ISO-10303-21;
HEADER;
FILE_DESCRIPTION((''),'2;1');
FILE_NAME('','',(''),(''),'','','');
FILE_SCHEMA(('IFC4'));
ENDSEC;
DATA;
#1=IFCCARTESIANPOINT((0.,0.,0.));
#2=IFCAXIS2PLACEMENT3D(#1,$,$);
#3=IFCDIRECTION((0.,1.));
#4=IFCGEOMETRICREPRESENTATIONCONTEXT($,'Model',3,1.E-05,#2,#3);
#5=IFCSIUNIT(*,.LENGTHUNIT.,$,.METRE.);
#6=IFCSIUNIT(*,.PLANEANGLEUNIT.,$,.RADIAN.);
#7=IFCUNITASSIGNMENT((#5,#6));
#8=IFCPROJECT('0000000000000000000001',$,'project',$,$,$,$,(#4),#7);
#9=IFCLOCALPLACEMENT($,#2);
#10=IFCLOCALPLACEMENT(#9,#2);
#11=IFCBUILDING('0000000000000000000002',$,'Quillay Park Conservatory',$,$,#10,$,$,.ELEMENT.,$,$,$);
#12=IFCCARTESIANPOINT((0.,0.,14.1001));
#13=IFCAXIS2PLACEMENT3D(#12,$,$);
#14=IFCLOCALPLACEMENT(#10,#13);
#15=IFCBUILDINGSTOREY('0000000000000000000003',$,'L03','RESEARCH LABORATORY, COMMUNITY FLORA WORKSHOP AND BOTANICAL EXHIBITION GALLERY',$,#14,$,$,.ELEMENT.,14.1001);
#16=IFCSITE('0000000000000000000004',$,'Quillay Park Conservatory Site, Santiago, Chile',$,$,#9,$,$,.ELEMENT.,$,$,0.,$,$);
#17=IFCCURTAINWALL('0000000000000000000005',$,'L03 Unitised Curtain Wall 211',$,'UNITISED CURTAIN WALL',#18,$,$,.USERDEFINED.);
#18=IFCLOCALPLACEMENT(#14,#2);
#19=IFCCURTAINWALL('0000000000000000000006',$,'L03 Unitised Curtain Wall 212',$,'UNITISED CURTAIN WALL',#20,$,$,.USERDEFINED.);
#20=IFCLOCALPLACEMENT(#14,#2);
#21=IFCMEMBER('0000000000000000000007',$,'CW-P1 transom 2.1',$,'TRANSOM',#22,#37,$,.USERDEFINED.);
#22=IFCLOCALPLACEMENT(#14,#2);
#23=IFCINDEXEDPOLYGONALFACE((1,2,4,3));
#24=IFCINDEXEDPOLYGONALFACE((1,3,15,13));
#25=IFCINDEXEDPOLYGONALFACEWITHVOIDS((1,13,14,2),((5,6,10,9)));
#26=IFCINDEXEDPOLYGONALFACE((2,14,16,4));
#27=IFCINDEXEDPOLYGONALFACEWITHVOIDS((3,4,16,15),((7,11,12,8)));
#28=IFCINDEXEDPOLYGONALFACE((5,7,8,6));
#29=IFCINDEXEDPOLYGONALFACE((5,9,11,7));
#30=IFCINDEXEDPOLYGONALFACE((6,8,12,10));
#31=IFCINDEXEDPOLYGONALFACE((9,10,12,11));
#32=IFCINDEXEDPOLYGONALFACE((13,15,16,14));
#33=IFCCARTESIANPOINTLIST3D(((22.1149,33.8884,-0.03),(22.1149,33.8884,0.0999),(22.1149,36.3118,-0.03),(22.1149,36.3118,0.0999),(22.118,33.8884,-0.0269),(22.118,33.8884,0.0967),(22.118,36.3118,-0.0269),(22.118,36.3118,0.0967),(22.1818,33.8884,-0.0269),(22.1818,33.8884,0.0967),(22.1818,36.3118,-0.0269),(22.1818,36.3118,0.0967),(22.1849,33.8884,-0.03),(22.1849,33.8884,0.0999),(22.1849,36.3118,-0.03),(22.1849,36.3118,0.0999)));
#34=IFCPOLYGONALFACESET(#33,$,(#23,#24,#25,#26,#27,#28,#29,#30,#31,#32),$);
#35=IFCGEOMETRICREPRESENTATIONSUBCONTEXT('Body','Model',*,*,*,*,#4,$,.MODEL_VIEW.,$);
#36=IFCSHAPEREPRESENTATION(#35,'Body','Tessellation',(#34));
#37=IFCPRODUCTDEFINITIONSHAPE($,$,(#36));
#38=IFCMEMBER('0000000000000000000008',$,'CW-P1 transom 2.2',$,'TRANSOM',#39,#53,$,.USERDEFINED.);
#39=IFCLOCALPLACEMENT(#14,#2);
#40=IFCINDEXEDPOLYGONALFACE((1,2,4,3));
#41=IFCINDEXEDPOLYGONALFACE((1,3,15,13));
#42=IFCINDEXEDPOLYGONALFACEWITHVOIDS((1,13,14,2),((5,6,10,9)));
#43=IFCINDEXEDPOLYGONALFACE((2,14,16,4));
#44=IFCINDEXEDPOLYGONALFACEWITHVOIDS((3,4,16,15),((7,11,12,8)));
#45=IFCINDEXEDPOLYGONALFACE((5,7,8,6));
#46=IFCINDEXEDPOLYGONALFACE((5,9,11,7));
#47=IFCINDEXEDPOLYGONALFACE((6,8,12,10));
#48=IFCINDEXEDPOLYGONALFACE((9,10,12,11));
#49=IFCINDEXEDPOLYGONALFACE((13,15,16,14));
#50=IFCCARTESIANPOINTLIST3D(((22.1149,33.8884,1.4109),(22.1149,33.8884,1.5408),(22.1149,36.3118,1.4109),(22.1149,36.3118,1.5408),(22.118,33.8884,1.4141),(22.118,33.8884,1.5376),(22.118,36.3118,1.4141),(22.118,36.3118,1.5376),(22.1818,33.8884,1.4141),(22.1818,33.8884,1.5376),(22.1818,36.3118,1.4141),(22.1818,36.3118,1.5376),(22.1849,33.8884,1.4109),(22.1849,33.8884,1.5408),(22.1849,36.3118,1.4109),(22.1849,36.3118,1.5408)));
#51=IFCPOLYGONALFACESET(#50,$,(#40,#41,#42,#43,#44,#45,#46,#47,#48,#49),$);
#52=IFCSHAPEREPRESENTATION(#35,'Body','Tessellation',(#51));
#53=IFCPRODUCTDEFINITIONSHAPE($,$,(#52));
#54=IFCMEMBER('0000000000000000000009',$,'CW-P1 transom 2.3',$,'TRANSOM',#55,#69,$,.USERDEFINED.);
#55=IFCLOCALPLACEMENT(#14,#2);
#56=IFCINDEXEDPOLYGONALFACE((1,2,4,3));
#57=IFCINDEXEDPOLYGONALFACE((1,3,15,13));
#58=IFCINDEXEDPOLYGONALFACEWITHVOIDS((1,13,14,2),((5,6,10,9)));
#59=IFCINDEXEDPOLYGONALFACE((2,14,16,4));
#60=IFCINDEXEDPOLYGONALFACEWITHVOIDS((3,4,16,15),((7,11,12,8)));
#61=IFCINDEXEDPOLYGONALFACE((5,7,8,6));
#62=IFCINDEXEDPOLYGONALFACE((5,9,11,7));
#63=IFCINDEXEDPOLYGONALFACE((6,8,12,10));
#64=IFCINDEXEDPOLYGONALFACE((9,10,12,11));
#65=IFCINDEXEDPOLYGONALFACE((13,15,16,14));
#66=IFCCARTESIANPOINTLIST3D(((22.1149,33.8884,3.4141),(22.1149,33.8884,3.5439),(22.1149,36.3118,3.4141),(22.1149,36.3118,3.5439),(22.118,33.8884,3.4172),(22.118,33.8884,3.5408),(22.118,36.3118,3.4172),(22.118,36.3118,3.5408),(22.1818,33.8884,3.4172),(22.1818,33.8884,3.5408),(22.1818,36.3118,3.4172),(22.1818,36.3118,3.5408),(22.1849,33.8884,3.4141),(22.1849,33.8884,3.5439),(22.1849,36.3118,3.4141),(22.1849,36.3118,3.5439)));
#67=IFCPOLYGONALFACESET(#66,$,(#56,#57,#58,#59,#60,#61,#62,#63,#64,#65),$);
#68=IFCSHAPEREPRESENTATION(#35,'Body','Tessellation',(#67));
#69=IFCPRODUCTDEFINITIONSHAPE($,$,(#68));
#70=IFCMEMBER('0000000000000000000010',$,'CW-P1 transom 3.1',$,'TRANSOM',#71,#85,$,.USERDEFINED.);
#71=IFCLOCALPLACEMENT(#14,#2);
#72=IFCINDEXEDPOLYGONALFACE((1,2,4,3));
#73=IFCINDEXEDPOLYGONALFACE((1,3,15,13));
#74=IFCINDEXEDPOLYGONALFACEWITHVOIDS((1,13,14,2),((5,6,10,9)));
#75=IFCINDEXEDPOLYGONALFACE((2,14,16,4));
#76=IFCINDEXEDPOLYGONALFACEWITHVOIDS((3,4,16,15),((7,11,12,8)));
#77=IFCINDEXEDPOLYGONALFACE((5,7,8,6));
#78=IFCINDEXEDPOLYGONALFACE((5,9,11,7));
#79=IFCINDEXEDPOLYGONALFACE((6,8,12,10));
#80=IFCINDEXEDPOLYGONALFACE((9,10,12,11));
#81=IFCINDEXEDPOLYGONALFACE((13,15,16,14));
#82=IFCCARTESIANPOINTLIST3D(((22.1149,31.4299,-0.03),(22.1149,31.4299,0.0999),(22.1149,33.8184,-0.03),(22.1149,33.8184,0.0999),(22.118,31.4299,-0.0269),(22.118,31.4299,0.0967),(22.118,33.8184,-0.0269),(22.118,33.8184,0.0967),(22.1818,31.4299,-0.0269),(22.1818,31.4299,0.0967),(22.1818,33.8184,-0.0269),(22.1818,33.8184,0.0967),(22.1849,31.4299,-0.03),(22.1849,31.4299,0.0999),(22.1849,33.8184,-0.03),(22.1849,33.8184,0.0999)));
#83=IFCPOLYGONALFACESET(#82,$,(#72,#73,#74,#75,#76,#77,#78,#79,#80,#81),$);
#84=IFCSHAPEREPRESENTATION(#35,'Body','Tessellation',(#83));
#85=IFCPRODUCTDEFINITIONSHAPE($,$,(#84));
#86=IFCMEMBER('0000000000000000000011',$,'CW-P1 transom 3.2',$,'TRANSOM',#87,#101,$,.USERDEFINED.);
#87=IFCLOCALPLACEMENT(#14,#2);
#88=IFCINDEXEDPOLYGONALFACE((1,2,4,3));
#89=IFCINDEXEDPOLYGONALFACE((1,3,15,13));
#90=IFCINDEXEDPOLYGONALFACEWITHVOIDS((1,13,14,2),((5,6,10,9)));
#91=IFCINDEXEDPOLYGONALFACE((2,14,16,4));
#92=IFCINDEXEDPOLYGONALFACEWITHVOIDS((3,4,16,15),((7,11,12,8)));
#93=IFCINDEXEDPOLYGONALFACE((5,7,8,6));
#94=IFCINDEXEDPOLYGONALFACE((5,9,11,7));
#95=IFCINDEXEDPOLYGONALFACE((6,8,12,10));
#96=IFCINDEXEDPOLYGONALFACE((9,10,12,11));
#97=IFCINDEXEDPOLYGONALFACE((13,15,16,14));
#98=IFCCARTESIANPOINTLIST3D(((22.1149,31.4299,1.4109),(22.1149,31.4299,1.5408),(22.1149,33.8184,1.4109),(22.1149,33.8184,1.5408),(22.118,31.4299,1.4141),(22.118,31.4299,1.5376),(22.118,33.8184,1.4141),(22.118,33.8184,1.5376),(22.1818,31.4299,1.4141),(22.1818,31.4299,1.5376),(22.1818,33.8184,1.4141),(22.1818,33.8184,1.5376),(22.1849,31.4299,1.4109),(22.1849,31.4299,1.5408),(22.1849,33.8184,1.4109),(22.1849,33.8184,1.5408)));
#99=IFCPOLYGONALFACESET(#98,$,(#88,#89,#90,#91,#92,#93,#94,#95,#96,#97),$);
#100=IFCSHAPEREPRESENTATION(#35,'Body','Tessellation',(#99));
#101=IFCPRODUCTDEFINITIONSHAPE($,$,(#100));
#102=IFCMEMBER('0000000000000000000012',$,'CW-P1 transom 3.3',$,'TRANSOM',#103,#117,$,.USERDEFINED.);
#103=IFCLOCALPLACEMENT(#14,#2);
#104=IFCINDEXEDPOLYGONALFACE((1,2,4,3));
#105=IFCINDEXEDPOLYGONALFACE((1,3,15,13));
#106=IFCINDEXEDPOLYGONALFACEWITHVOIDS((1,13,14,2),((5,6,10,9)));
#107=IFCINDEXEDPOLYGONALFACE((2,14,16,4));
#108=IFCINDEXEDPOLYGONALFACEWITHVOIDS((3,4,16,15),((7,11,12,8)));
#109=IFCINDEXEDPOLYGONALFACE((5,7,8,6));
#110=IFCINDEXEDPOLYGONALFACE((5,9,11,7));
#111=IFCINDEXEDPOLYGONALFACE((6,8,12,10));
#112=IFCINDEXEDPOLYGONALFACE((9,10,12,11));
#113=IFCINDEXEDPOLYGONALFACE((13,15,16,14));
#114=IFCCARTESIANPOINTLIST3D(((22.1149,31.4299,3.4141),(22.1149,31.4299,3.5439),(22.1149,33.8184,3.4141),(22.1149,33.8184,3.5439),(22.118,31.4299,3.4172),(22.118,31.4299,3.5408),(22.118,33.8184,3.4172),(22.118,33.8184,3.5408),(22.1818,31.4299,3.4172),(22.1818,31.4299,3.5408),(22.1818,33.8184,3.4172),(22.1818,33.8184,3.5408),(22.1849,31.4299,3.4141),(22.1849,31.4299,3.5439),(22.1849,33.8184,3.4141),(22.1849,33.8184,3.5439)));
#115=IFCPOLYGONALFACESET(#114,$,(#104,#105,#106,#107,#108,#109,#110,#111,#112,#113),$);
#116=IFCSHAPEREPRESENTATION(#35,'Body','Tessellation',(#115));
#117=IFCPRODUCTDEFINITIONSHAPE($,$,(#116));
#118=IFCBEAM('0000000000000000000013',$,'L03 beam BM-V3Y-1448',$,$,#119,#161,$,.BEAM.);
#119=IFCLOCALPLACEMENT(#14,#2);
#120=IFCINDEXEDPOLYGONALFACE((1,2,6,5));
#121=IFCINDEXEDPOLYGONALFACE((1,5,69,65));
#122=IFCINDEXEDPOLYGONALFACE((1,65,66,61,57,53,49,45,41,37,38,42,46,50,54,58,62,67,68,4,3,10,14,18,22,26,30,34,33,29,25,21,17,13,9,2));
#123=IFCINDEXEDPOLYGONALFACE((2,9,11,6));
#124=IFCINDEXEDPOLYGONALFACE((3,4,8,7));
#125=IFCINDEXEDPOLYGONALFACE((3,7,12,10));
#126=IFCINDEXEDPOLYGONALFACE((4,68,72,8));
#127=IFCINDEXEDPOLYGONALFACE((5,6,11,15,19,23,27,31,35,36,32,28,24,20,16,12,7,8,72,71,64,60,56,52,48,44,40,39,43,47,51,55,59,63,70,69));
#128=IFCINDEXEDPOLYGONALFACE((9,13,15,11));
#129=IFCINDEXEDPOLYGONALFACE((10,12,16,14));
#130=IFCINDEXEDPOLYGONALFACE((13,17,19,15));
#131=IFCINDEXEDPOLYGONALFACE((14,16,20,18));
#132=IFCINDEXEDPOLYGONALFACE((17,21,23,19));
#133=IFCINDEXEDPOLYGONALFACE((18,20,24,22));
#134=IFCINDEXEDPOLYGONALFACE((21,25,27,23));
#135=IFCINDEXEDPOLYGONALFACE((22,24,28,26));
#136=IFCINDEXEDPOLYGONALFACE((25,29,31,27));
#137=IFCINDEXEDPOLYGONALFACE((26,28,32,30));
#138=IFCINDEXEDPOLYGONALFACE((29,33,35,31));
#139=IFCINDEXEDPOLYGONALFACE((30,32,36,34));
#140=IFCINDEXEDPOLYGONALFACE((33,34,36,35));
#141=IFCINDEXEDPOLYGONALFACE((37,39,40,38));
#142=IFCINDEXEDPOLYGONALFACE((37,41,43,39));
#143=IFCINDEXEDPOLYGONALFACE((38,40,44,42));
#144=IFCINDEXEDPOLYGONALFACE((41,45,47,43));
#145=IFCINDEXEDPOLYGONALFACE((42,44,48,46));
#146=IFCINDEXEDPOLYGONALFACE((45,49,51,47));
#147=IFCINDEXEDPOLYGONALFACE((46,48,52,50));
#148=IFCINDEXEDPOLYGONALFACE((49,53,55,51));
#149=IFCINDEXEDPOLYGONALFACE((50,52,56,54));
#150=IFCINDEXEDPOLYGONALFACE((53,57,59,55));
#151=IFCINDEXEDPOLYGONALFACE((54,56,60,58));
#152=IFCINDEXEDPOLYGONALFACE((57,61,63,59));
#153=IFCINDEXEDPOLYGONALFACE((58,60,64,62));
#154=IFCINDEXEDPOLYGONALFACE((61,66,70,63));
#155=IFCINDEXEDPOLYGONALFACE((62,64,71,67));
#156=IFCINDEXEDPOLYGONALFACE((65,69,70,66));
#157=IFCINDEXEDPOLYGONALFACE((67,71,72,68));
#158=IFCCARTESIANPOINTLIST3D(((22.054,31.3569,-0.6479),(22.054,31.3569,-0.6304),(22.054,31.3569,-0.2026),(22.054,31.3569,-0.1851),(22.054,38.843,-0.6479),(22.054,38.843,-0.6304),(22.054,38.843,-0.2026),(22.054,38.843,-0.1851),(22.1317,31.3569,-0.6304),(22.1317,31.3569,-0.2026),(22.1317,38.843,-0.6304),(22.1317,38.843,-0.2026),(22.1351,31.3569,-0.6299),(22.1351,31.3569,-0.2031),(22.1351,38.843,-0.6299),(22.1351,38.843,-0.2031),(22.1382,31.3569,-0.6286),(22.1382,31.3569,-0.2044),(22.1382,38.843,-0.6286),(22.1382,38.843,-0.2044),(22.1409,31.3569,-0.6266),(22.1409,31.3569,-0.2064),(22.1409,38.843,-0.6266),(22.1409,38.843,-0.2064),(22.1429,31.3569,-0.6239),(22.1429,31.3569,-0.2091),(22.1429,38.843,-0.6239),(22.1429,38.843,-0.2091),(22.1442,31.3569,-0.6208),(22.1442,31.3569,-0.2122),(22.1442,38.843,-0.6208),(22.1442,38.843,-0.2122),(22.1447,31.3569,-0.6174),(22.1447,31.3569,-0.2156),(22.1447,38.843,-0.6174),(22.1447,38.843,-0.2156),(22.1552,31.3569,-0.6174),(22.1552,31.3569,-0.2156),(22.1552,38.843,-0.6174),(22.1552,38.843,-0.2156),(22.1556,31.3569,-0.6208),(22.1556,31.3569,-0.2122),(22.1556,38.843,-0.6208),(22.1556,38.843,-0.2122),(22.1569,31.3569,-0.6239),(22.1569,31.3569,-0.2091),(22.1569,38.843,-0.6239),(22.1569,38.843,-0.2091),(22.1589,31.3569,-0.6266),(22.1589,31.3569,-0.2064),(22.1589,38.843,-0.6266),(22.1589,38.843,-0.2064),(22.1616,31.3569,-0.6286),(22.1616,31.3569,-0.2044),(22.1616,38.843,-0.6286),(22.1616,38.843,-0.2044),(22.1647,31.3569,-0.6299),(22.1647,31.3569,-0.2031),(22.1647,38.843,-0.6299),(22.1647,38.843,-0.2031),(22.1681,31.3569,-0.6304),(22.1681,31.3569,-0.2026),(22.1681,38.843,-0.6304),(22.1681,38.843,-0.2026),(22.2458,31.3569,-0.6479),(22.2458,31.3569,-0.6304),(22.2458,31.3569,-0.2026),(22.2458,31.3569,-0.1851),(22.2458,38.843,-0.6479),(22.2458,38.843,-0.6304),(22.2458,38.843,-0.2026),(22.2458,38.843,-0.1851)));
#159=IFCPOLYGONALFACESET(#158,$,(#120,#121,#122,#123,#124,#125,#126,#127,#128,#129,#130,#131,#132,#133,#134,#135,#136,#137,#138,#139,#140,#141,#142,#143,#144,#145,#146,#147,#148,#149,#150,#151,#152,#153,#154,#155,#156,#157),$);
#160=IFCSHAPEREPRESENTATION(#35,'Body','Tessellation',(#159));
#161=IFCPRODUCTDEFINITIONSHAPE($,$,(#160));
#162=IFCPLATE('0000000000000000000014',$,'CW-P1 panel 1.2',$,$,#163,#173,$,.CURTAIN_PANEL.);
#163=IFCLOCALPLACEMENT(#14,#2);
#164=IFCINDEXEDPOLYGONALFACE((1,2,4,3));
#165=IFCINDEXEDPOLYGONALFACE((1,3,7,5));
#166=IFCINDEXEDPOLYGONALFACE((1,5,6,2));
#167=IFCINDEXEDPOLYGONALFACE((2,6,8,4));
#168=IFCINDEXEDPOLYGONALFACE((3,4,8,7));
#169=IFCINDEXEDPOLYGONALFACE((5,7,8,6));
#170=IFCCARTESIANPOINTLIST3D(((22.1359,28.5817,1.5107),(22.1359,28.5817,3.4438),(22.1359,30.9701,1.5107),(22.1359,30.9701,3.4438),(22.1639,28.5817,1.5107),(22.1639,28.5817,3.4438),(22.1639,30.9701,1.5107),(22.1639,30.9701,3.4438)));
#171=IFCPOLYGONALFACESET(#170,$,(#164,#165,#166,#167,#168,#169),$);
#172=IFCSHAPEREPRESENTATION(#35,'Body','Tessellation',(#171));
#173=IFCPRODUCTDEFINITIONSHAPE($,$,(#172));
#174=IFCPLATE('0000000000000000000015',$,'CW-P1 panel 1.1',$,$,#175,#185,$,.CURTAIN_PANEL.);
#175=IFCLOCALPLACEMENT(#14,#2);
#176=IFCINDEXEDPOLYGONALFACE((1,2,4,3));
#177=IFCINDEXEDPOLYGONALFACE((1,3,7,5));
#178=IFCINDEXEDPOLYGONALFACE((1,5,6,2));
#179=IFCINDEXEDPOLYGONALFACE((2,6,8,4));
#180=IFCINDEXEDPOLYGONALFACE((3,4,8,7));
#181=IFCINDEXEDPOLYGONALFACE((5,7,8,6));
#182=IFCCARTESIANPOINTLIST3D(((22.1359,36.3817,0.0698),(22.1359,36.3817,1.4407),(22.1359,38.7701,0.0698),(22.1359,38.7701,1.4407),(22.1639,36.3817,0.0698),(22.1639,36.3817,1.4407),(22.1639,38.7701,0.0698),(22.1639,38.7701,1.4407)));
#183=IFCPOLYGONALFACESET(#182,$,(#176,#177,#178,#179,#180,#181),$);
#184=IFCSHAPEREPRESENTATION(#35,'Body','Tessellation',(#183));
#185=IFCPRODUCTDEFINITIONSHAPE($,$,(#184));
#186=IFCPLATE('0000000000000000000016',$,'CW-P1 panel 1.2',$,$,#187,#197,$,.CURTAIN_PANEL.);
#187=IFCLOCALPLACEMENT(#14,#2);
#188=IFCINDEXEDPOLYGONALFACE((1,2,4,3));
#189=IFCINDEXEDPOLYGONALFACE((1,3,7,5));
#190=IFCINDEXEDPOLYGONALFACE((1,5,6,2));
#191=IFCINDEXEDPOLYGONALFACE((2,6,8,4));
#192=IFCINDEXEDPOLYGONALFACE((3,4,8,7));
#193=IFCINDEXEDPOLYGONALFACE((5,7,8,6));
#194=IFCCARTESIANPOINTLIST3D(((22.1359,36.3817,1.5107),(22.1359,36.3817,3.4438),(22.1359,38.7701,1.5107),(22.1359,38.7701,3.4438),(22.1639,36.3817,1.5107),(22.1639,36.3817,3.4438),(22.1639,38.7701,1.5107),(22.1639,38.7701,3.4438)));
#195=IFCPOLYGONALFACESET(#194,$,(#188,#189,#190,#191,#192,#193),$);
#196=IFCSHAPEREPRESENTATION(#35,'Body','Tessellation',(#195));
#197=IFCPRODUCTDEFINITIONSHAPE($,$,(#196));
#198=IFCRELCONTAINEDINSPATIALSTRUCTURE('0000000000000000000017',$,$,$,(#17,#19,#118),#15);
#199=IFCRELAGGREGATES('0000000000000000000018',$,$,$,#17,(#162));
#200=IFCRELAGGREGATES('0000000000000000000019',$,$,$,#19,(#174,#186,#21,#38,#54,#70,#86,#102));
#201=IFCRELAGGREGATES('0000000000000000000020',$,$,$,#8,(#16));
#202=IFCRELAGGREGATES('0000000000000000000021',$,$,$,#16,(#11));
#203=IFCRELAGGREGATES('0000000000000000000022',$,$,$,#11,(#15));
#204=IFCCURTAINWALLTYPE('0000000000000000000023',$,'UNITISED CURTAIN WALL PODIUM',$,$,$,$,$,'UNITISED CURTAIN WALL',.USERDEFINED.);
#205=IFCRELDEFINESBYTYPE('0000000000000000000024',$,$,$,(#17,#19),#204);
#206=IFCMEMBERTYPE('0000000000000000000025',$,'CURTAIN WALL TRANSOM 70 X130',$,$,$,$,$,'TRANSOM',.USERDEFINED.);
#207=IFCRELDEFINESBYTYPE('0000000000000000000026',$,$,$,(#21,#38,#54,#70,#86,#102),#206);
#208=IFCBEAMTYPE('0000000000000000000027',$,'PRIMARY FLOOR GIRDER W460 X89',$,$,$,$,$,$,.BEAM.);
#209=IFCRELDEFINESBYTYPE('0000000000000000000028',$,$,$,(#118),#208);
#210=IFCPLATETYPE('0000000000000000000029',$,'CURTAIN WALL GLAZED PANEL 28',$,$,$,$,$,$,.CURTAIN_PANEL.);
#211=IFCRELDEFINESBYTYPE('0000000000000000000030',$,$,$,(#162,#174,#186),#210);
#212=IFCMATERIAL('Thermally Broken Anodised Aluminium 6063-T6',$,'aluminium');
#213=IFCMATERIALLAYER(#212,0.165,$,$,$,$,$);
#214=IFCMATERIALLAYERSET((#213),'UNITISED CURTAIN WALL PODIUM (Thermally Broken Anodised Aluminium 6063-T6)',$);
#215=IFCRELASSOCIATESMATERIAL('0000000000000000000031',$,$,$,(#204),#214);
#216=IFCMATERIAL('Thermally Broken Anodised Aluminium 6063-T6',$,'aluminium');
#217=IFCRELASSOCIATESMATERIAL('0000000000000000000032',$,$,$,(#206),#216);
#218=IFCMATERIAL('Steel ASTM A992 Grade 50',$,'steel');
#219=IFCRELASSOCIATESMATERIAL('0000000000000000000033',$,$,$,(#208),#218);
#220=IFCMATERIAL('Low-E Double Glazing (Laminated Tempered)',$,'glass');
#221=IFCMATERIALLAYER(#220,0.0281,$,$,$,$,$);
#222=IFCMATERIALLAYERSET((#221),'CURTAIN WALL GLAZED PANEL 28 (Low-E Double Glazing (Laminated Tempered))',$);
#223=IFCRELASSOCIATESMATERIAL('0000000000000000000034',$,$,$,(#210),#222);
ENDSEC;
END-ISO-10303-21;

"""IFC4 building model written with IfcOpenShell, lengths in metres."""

from ifc_helpers import new_model, si_unit, direction, frame, origin, origin_2d, place, context, subcontext, project, spatial, rectangle, hollow_rectangle, i_section, extrude, material, layer, layer_set, material_profile, profile_set, type_object, element, aggregate, save


model = new_model("IFC4")

# Units and contexts
model_context = context("Model", 3, precision=1e-05, world=origin(), true_north=direction((0.0, 1.0)))
body_context = subcontext(model_context, "Body", "Model", "MODEL_VIEW")
ifc_project = project(units=[si_unit("LENGTHUNIT", "METRE"), si_unit("PLANEANGLEUNIT", "RADIAN")], contexts=[model_context])

# Site, building, storey
site_placement = place(None, origin())
site = spatial("IfcSite", under=ifc_project, at=site_placement, Name="Quillay Park Conservatory Site, Santiago, Chile", CompositionType="ELEMENT", RefElevation=0.0)
building_placement = place(site_placement, origin())
building = spatial("IfcBuilding", under=site, at=building_placement, Name="Quillay Park Conservatory", CompositionType="ELEMENT")
storey_placement = place(building_placement, frame((0.0, 0.0, 14.1001)))
storey = spatial("IfcBuildingStorey", under=building, at=storey_placement, Name="L03", Description="RESEARCH LABORATORY, COMMUNITY FLORA WORKSHOP AND BOTANICAL EXHIBITION GALLERY", CompositionType="ELEMENT", Elevation=14.1001)

# Curtain wall
ifc_material_1 = material(Name="Thermally Broken Anodised Aluminium 6063-T6", Category="aluminium")
ifc_layer_1 = layer(ifc_material_1, 0.165)
ifc_layer_set_1 = layer_set([ifc_layer_1], Name="UNITISED CURTAIN WALL PODIUM (Thermally Broken Anodised Aluminium 6063-T6)")
curtain_wall_type = type_object("IfcCurtainWallType", Name="UNITISED CURTAIN WALL PODIUM", ElementType="UNITISED CURTAIN WALL", PredefinedType="USERDEFINED", material=ifc_layer_set_1)
curtain_wall_1_placement = place(storey_placement, origin())
curtain_wall_1 = element("IfcCurtainWall", 1, at=curtain_wall_1_placement, inside=storey, type_object=curtain_wall_type, Name="L03 Unitised Curtain Wall 211", ObjectType="UNITISED CURTAIN WALL", PredefinedType="USERDEFINED")

# Curtain wall
curtain_wall_2_placement = place(storey_placement, origin())
curtain_wall_2 = element("IfcCurtainWall", 2, at=curtain_wall_2_placement, inside=storey, type_object=curtain_wall_type, Name="L03 Unitised Curtain Wall 212", ObjectType="UNITISED CURTAIN WALL", PredefinedType="USERDEFINED")

# Members
ifc_material_2 = material(Name="Thermally Broken Anodised Aluminium 6063-T6", Category="aluminium")
ifc_material_profile_1 = material_profile(ifc_material_2, hollow_rectangle(XDim=0.0701, YDim=0.1299, WallThickness=0.0032, at=origin_2d()), Name="AL70x130x3.2")
ifc_profile_set_1 = profile_set([ifc_material_profile_1], Name="Thermally Broken Anodised Aluminium 6063-T6")
member_type_1 = type_object("IfcMemberType", Name="CURTAIN WALL TRANSOM 70 X130", ElementType="TRANSOM", PredefinedType="USERDEFINED", material=ifc_profile_set_1)
member_1_placement = place(storey_placement, frame((22.1499, 36.3118, 0.0349), z_axis=(0.0, -1.0, 0.0), x_axis=(1.0, 0.0, 0.0)))
member_1 = element("IfcMember", 3, at=member_1_placement, type_object=member_type_1, Name="CW-P1 transom 2.1", ObjectType="TRANSOM", PredefinedType="USERDEFINED", context=body_context, shape_type="SweptSolid", body=[
    extrude(hollow_rectangle(XDim=0.0701, YDim=0.1299, WallThickness=0.0032, at=origin_2d()), origin(), (0.0, 0.0, 1.0), 2.4233),
])
member_2_placement = place(storey_placement, frame((22.1499, 36.3118, 1.4758), z_axis=(0.0, -1.0, 0.0), x_axis=(1.0, 0.0, 0.0)))
member_2 = element("IfcMember", 4, at=member_2_placement, type_object=member_type_1, Name="CW-P1 transom 2.2", ObjectType="TRANSOM", PredefinedType="USERDEFINED", context=body_context, shape_type="SweptSolid", body=[
    extrude(hollow_rectangle(XDim=0.0701, YDim=0.1299, WallThickness=0.0032, at=origin_2d()), origin(), (0.0, 0.0, 1.0), 2.4233),
])
member_3_placement = place(storey_placement, frame((22.1499, 36.3118, 3.479), z_axis=(0.0, -1.0, 0.0), x_axis=(1.0, 0.0, 0.0)))
member_3 = element("IfcMember", 5, at=member_3_placement, type_object=member_type_1, Name="CW-P1 transom 2.3", ObjectType="TRANSOM", PredefinedType="USERDEFINED", context=body_context, shape_type="SweptSolid", body=[
    extrude(hollow_rectangle(XDim=0.0701, YDim=0.1299, WallThickness=0.0032, at=origin_2d()), origin(), (0.0, 0.0, 1.0), 2.4233),
])
member_4_placement = place(storey_placement, frame((22.1499, 33.8184, 0.0349), z_axis=(0.0, -1.0, 0.0), x_axis=(1.0, 0.0, 0.0)))
member_4 = element("IfcMember", 6, at=member_4_placement, type_object=member_type_1, Name="CW-P1 transom 3.1", ObjectType="TRANSOM", PredefinedType="USERDEFINED", context=body_context, shape_type="SweptSolid", body=[
    extrude(hollow_rectangle(XDim=0.0701, YDim=0.1299, WallThickness=0.0032, at=origin_2d()), origin(), (0.0, 0.0, 1.0), 2.3884),
])
member_5_placement = place(storey_placement, frame((22.1499, 33.8184, 1.4758), z_axis=(0.0, -1.0, 0.0), x_axis=(1.0, 0.0, 0.0)))
member_5 = element("IfcMember", 7, at=member_5_placement, type_object=member_type_1, Name="CW-P1 transom 3.2", ObjectType="TRANSOM", PredefinedType="USERDEFINED", context=body_context, shape_type="SweptSolid", body=[
    extrude(hollow_rectangle(XDim=0.0701, YDim=0.1299, WallThickness=0.0032, at=origin_2d()), origin(), (0.0, 0.0, 1.0), 2.3884),
])
member_6_placement = place(storey_placement, frame((22.1499, 33.8184, 3.479), z_axis=(0.0, -1.0, 0.0), x_axis=(1.0, 0.0, 0.0)))
member_6 = element("IfcMember", 8, at=member_6_placement, type_object=member_type_1, Name="CW-P1 transom 3.3", ObjectType="TRANSOM", PredefinedType="USERDEFINED", context=body_context, shape_type="SweptSolid", body=[
    extrude(hollow_rectangle(XDim=0.0701, YDim=0.1299, WallThickness=0.0032, at=origin_2d()), origin(), (0.0, 0.0, 1.0), 2.3884),
])

# Beam
ifc_material_3 = material(Name="Steel ASTM A992 Grade 50", Category="steel")
ifc_material_profile_2 = material_profile(ifc_material_3, i_section(OverallWidth=0.1919, OverallDepth=0.4629, WebThickness=0.0105, FlangeThickness=0.0176, FilletRadius=0.0129, at=origin_2d()), Name="W460x89")
ifc_profile_set_2 = profile_set([ifc_material_profile_2], Name="Steel ASTM A992 Grade 50")
beam_type = type_object("IfcBeamType", Name="PRIMARY FLOOR GIRDER W460 X89", PredefinedType="BEAM", material=ifc_profile_set_2)
beam_placement = place(storey_placement, frame((22.1499, 31.3569, -0.4165), z_axis=(0.0, 1.0, 0.0), x_axis=(-1.0, 0.0, 0.0)))
element("IfcBeam", 9, at=beam_placement, inside=storey, type_object=beam_type, Name="L03 beam BM-V3Y-1448", PredefinedType="BEAM", context=body_context, shape_type="SweptSolid", body=[
    extrude(i_section(OverallWidth=0.1919, OverallDepth=0.4629, WebThickness=0.0105, FlangeThickness=0.0176, FilletRadius=0.0129, at=origin_2d()), origin(), (0.0, 0.0, 1.0), 7.4861),
])

# Plates
ifc_material_4 = material(Name="Low-E Double Glazing (Laminated Tempered)", Category="glass")
ifc_layer_2 = layer(ifc_material_4, 0.0281)
ifc_layer_set_2 = layer_set([ifc_layer_2], Name="CURTAIN WALL GLAZED PANEL 28 (Low-E Double Glazing (Laminated Tempered))")
plate_type = type_object("IfcPlateType", Name="CURTAIN WALL GLAZED PANEL 28", PredefinedType="CURTAIN_PANEL", material=ifc_layer_set_2)
plate_1_placement = place(storey_placement, frame((22.1499, 29.7759, 1.5107), z_axis=(0.0, 0.0, 1.0), x_axis=(0.0, -1.0, 0.0)))
plate_1 = element("IfcPlate", 10, at=plate_1_placement, type_object=plate_type, Name="CW-P1 panel 1.2", PredefinedType="CURTAIN_PANEL", context=body_context, shape_type="SweptSolid", body=[
    extrude(rectangle(XDim=2.3884, YDim=0.0281, at=origin_2d()), origin(), (0.0, 0.0, 1.0), 1.9331),
])
aggregate(curtain_wall_1, [plate_1])
plate_2_placement = place(storey_placement, frame((22.1499, 37.5759, 0.0698), z_axis=(0.0, 0.0, 1.0), x_axis=(0.0, -1.0, 0.0)))
plate_2 = element("IfcPlate", 11, at=plate_2_placement, type_object=plate_type, Name="CW-P1 panel 1.1", PredefinedType="CURTAIN_PANEL", context=body_context, shape_type="SweptSolid", body=[
    extrude(rectangle(XDim=2.3884, YDim=0.0281, at=origin_2d()), origin(), (0.0, 0.0, 1.0), 1.3708),
])
plate_3_placement = place(storey_placement, frame((22.1499, 37.5759, 1.5107), z_axis=(0.0, 0.0, 1.0), x_axis=(0.0, -1.0, 0.0)))
plate_3 = element("IfcPlate", 12, at=plate_3_placement, type_object=plate_type, Name="CW-P1 panel 1.2", PredefinedType="CURTAIN_PANEL", context=body_context, shape_type="SweptSolid", body=[
    extrude(rectangle(XDim=2.3884, YDim=0.0281, at=origin_2d()), origin(), (0.0, 0.0, 1.0), 1.9331),
])
aggregate(curtain_wall_2, [plate_2, plate_3, member_1, member_2, member_3, member_4, member_5, member_6])

save(model, "model.ifc")
